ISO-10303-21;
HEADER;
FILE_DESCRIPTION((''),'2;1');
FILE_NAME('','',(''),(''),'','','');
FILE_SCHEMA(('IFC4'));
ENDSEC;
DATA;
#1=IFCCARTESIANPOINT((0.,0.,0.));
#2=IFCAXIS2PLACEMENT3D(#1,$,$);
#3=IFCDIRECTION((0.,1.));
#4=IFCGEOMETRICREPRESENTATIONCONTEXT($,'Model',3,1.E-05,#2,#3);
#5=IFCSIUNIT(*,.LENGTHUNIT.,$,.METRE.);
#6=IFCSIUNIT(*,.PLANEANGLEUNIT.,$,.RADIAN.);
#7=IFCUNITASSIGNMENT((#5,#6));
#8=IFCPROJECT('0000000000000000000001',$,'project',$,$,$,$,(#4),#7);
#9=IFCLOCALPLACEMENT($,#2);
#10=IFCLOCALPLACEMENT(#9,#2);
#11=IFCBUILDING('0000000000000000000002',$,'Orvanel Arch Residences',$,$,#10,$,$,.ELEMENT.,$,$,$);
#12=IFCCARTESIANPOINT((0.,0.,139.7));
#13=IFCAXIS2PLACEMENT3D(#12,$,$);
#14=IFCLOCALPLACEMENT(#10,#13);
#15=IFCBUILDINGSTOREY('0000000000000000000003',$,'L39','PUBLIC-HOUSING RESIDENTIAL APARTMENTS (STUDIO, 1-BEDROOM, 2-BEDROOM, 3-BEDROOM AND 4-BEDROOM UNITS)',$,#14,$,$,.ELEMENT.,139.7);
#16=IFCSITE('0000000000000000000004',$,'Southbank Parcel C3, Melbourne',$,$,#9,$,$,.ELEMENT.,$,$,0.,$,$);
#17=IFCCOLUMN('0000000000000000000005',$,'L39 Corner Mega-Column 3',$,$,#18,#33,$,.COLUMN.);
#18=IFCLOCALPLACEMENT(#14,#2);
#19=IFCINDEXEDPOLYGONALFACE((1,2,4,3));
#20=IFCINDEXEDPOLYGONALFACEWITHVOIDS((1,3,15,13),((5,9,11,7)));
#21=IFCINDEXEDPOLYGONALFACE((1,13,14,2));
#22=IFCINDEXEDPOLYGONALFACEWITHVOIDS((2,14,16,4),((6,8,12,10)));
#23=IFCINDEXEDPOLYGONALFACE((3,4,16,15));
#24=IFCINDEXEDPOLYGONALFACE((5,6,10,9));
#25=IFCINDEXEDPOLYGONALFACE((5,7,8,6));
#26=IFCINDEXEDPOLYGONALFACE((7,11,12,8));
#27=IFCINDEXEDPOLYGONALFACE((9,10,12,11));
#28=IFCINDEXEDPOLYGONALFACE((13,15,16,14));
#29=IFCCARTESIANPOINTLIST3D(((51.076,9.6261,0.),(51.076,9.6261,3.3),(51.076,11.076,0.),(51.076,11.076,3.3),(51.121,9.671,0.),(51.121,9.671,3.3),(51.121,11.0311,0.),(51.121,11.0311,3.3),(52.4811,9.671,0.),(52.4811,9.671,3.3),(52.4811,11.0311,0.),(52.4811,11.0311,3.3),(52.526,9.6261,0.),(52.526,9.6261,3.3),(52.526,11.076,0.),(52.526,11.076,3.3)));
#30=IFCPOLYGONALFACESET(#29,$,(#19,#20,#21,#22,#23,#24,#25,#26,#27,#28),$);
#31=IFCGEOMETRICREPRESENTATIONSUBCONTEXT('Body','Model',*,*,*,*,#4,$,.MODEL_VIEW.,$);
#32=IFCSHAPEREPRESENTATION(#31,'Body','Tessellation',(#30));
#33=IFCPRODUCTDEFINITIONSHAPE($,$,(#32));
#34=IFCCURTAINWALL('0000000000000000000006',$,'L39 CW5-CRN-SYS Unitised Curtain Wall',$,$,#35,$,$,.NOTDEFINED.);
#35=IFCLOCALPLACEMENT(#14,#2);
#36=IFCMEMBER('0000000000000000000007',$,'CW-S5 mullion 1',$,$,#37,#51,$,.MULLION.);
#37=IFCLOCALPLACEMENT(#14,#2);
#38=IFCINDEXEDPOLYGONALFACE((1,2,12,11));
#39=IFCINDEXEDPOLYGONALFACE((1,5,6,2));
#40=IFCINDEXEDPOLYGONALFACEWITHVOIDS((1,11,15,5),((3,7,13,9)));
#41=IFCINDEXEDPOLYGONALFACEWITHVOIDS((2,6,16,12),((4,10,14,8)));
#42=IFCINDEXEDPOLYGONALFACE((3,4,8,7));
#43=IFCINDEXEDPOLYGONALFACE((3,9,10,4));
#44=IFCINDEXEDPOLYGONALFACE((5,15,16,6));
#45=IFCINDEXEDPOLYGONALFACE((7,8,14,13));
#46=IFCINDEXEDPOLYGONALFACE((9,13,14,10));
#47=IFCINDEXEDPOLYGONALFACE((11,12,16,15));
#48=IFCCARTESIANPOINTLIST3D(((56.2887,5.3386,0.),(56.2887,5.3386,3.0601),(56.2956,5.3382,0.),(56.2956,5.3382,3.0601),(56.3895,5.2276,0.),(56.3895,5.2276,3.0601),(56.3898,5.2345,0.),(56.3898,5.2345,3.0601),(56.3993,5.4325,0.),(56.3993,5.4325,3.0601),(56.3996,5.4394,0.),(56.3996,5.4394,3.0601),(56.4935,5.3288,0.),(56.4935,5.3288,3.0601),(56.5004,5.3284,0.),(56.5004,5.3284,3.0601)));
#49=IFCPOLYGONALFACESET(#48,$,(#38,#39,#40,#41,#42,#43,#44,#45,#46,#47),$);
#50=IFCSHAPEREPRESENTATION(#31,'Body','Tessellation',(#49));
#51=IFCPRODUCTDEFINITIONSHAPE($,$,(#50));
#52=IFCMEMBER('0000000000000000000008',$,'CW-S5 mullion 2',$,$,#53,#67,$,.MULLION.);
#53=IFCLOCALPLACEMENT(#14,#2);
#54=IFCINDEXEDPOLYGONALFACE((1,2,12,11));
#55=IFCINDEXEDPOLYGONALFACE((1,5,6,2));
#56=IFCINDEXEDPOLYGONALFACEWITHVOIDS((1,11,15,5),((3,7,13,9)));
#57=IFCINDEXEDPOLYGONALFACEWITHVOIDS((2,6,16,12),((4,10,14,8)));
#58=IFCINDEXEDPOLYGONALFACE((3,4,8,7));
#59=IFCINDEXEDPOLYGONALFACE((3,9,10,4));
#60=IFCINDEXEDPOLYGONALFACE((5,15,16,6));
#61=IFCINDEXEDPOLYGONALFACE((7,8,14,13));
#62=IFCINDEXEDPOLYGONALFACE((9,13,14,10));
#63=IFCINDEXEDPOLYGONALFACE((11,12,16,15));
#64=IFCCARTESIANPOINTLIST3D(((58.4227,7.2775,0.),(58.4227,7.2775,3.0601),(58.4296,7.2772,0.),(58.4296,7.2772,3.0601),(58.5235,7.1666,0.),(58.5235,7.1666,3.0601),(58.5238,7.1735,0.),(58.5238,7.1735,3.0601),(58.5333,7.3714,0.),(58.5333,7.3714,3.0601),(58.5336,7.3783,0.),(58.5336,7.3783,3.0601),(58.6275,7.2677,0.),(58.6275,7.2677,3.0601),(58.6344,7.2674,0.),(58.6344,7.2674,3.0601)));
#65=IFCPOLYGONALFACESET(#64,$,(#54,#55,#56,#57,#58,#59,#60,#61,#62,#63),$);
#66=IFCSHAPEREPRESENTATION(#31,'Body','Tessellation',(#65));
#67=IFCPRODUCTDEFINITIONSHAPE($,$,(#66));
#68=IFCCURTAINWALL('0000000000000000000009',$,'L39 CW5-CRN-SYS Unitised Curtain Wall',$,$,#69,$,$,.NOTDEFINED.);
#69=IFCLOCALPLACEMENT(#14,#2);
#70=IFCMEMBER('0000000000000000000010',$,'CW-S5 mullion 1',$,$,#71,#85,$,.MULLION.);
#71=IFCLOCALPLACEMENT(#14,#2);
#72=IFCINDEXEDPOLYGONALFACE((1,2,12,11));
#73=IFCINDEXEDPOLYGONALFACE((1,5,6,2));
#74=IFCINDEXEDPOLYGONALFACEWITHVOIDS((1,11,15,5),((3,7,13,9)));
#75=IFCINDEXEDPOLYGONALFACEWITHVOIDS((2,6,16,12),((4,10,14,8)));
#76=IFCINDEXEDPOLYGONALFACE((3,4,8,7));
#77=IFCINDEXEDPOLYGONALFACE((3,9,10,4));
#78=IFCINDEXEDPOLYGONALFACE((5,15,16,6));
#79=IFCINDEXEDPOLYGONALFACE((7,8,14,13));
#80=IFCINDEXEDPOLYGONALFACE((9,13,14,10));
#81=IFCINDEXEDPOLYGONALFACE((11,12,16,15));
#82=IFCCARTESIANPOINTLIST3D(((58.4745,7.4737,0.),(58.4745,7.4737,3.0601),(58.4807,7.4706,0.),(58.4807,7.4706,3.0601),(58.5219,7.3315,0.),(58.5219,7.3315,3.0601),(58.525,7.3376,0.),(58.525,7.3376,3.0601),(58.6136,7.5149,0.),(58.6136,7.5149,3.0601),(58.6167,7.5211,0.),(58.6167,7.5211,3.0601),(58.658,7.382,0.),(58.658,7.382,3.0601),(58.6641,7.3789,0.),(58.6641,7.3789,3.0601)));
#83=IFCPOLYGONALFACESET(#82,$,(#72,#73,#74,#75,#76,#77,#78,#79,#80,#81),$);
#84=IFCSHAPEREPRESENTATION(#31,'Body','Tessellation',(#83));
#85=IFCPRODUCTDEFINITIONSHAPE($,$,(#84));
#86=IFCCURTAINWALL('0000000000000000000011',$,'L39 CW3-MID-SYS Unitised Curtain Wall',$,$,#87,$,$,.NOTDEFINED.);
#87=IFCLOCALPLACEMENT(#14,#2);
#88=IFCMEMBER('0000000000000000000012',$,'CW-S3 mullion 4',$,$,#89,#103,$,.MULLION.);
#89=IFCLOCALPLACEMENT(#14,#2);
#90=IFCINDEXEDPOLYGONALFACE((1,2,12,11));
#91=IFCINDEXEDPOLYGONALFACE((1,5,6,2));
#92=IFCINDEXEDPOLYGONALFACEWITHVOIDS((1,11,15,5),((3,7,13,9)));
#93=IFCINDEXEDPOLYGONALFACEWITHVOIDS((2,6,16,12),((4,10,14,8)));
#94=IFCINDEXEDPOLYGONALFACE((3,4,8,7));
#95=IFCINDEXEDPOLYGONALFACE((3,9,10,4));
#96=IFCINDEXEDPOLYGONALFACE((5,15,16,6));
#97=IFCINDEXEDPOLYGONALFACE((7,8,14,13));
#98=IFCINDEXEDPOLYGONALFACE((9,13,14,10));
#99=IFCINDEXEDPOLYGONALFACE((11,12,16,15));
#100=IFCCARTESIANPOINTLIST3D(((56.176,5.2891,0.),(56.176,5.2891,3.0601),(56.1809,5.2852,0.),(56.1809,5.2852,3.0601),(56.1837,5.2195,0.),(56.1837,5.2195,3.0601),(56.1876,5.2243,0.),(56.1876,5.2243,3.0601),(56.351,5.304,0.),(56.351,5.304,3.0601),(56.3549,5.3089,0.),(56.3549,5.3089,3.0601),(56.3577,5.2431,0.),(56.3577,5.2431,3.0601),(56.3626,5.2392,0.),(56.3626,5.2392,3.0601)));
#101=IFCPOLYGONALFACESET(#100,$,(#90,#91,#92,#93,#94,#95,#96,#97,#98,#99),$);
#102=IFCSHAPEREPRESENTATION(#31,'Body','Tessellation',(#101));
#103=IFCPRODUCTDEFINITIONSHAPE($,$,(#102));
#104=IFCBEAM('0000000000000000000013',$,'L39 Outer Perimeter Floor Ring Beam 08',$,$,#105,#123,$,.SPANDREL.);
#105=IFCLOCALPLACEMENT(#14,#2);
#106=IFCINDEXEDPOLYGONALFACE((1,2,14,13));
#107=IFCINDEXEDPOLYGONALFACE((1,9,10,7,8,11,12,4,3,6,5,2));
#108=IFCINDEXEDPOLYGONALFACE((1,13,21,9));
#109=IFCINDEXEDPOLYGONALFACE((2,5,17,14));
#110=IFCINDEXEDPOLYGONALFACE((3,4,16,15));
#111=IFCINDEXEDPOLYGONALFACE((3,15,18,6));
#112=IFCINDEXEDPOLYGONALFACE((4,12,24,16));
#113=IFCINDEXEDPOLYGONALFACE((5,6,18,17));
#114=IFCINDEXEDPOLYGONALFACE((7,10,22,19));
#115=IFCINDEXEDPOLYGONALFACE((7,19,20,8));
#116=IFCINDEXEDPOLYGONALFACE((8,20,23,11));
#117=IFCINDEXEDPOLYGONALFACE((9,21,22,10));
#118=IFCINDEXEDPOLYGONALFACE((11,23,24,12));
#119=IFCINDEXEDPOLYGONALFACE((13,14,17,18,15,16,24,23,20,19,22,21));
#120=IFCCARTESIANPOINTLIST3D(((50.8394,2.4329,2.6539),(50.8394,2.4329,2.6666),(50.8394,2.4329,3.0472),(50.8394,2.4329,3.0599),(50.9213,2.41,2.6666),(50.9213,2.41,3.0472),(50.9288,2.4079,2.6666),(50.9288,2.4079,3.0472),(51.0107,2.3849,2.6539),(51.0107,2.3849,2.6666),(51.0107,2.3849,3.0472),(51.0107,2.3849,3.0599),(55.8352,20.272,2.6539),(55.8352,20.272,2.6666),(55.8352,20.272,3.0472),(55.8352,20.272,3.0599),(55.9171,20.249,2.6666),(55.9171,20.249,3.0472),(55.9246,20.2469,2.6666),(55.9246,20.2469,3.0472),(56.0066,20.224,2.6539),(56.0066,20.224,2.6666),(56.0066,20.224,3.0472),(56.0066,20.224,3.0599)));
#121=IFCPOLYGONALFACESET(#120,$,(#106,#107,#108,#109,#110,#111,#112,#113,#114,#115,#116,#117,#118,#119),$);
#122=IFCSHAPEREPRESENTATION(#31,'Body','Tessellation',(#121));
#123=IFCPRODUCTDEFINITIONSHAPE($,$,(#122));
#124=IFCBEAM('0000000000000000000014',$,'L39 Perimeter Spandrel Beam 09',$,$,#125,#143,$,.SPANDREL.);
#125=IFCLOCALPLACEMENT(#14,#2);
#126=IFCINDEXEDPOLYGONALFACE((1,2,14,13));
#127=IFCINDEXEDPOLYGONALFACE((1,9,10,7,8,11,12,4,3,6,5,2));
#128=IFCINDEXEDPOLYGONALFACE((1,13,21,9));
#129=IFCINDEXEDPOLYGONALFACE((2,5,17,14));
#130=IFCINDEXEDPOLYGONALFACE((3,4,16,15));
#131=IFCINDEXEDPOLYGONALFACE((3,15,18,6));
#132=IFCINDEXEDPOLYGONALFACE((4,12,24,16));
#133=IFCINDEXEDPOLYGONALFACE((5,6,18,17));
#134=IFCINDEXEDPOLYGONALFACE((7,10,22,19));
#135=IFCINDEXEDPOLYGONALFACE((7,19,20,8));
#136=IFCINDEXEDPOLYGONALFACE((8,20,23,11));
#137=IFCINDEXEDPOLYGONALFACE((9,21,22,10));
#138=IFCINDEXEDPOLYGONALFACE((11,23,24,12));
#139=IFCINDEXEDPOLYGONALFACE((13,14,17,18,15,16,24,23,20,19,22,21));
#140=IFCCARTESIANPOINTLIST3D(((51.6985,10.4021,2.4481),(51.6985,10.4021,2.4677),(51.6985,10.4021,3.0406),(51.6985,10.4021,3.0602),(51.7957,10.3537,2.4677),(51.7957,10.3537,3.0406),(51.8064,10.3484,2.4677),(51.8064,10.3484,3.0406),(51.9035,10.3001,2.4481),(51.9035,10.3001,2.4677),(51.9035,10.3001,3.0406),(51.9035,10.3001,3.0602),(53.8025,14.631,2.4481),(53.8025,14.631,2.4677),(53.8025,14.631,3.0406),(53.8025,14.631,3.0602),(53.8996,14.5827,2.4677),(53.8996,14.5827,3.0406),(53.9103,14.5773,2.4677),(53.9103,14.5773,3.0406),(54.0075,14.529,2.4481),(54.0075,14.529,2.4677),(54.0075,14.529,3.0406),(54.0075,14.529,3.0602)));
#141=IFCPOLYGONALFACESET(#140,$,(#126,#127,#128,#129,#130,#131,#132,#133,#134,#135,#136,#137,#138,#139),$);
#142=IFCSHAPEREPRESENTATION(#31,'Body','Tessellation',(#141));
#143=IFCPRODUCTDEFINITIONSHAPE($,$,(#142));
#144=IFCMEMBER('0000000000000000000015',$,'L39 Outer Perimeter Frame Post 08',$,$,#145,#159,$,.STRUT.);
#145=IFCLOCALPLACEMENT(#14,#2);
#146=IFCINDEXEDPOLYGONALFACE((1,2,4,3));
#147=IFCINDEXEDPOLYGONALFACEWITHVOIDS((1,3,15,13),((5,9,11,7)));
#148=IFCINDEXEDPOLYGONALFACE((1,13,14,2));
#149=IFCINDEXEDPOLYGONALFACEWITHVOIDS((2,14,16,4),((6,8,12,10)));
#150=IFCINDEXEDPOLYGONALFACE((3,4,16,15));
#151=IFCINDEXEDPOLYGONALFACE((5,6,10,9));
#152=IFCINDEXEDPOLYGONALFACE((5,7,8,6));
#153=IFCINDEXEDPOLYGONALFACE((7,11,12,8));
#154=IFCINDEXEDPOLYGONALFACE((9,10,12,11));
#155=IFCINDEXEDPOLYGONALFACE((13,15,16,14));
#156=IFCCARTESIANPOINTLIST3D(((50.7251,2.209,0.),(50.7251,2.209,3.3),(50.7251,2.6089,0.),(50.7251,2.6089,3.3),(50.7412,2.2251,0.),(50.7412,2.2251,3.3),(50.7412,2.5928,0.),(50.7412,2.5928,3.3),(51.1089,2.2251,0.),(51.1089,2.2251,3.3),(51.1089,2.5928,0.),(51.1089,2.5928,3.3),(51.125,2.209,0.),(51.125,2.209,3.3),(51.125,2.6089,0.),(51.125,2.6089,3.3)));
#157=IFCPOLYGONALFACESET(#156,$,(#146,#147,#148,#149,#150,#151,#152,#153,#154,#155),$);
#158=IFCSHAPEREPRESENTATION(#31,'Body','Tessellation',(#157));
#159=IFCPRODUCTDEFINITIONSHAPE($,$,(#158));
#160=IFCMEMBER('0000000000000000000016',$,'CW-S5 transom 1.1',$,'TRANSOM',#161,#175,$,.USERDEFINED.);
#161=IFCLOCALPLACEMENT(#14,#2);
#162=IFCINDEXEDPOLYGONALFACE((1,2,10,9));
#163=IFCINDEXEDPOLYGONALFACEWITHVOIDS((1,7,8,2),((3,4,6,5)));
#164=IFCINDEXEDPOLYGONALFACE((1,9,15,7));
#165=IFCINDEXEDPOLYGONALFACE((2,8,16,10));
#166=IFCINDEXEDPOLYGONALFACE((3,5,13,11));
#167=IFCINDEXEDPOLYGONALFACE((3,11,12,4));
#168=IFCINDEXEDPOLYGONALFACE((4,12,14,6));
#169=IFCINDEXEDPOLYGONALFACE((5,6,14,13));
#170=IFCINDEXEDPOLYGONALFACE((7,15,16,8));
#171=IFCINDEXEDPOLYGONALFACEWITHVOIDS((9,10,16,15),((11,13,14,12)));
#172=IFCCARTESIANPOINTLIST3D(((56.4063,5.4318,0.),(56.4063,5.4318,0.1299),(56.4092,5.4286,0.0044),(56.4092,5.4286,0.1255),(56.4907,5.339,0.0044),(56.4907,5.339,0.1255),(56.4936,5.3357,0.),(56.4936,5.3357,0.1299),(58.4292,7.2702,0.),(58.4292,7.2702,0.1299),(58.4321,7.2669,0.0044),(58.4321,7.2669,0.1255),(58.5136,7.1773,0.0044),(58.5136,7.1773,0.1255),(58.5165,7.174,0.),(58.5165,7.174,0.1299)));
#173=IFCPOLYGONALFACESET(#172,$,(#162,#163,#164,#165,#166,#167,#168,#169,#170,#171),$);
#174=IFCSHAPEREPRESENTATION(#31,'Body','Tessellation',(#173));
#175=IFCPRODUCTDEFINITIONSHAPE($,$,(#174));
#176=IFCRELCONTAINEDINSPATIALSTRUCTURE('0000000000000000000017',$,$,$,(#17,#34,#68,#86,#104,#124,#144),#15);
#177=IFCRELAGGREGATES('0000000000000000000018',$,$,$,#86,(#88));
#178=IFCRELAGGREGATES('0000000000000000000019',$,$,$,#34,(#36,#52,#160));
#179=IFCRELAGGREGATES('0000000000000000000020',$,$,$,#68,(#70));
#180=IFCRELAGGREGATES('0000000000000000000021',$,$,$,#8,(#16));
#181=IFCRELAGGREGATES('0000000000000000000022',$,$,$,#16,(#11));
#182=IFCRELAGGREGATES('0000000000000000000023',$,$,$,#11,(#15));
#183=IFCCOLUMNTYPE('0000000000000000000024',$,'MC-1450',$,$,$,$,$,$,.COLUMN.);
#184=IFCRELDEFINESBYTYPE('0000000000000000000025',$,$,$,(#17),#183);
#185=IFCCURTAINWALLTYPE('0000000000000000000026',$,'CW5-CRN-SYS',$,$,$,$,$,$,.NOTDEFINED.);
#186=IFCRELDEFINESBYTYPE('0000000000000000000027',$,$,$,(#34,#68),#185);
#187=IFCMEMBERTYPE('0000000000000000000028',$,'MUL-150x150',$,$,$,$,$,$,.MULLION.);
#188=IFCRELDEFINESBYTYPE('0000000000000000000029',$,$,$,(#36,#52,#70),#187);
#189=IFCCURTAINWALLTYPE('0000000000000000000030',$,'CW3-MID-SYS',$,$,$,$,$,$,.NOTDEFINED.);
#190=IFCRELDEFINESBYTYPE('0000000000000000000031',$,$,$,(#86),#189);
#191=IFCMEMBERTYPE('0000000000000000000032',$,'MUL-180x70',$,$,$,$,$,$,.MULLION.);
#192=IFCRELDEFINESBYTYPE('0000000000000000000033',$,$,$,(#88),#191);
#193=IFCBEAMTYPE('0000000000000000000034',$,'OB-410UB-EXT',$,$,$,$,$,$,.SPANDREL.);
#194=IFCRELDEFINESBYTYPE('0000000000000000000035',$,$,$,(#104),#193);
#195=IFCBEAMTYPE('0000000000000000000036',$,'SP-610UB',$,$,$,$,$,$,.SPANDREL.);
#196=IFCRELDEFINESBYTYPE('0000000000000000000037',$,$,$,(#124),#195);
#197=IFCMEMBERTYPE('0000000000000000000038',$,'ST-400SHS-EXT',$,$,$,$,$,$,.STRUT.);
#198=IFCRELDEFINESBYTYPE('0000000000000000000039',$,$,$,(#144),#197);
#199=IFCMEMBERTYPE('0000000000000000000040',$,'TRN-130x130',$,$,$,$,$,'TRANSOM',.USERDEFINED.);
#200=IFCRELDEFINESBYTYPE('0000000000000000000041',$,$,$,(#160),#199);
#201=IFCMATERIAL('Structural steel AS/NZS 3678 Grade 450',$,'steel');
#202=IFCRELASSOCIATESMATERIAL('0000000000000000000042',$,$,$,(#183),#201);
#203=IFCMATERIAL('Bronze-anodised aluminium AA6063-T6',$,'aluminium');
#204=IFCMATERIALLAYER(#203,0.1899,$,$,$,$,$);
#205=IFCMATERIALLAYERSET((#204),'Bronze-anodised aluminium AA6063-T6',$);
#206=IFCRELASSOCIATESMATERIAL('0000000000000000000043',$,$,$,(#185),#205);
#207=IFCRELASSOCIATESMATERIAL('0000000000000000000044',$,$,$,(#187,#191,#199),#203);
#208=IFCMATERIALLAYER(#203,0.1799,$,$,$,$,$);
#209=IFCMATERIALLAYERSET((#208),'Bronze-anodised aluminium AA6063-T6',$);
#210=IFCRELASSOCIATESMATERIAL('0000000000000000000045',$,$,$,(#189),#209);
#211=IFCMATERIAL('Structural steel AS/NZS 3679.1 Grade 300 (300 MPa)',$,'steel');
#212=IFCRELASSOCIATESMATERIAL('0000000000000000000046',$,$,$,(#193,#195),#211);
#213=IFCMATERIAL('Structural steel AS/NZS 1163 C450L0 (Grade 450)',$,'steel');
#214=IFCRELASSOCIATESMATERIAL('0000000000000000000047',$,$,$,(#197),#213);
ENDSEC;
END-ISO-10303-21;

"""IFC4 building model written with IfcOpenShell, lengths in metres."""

from ifc_helpers import new_model, si_unit, direction, frame, origin, origin_2d, place, context, subcontext, project, spatial, hollow_rectangle, i_section, extrude, material, layer, layer_set, material_profile, profile_set, type_object, element, aggregate, save


model = new_model("IFC4")

# Units and contexts
model_context = context("Model", 3, precision=1e-05, world=origin(), true_north=direction((0.0, 1.0)))
body_context = subcontext(model_context, "Body", "Model", "MODEL_VIEW")
ifc_project = project(units=[si_unit("LENGTHUNIT", "METRE"), si_unit("PLANEANGLEUNIT", "RADIAN")], contexts=[model_context])

# Site, building, storey
site_placement = place(None, origin())
site = spatial("IfcSite", under=ifc_project, at=site_placement, Name="Southbank Parcel C3, Melbourne", CompositionType="ELEMENT", RefElevation=0.0)
building_placement = place(site_placement, origin())
building = spatial("IfcBuilding", under=site, at=building_placement, Name="Orvanel Arch Residences", CompositionType="ELEMENT")
storey_placement = place(building_placement, frame((0.0, 0.0, 139.7)))
storey = spatial("IfcBuildingStorey", under=building, at=storey_placement, Name="L39", Description="PUBLIC-HOUSING RESIDENTIAL APARTMENTS (STUDIO, 1-BEDROOM, 2-BEDROOM, 3-BEDROOM AND 4-BEDROOM UNITS)", CompositionType="ELEMENT", Elevation=139.7)

# Column
ifc_material_1 = material(Name="Structural steel AS/NZS 3678 Grade 450", Category="steel")
ifc_material_profile_1 = material_profile(ifc_material_1, hollow_rectangle(XDim=1.45, YDim=1.45, WallThickness=0.0449, at=origin_2d()), Name="BOX1450x1450x45")
ifc_profile_set_1 = profile_set([ifc_material_profile_1], Name="Structural steel AS/NZS 3678 Grade 450")
column_type = type_object("IfcColumnType", Name="MC-1450", PredefinedType="COLUMN", material=ifc_profile_set_1)
column_placement = place(storey_placement, frame((51.801, 10.3511, 0.0), z_axis=(0.0, 0.0, 1.0), x_axis=(1.0, 0.0, 0.0)))
element("IfcColumn", 1, at=column_placement, inside=storey, type_object=column_type, Name="L39 Corner Mega-Column 3", PredefinedType="COLUMN", context=body_context, shape_type="SweptSolid", body=[
    extrude(hollow_rectangle(XDim=1.45, YDim=1.45, WallThickness=0.0449, at=origin_2d()), origin(), (0.0, 0.0, 1.0), 3.3),
])

# Curtain wall, members
ifc_material_2 = material(Name="Bronze-anodised aluminium AA6063-T6", Category="aluminium")
ifc_layer_1 = layer(ifc_material_2, 0.1899)
ifc_layer_set_1 = layer_set([ifc_layer_1], Name="Bronze-anodised aluminium AA6063-T6")
curtain_wall_type_1 = type_object("IfcCurtainWallType", Name="CW5-CRN-SYS", PredefinedType="NOTDEFINED", material=ifc_layer_set_1)
curtain_wall_1_placement = place(storey_placement, origin())
curtain_wall_1 = element("IfcCurtainWall", 2, at=curtain_wall_1_placement, inside=storey, type_object=curtain_wall_type_1, Name="L39 CW5-CRN-SYS Unitised Curtain Wall", PredefinedType="NOTDEFINED")
ifc_material_profile_2 = material_profile(ifc_material_2, hollow_rectangle(XDim=0.1499, YDim=0.1499, WallThickness=0.0049, at=origin_2d()), Name="ALU150x150x5")
ifc_profile_set_2 = profile_set([ifc_material_profile_2], Name="Bronze-anodised aluminium AA6063-T6")
member_type_1 = type_object("IfcMemberType", Name="MUL-150x150", PredefinedType="MULLION", material=ifc_profile_set_2)
member_1_placement = place(storey_placement, frame((56.3945, 5.3335, 0.0), z_axis=(0.0, 0.0, 1.0), x_axis=(-0.672509, 0.740089, 0.0)))
member_1 = element("IfcMember", 3, at=member_1_placement, type_object=member_type_1, Name="CW-S5 mullion 1", PredefinedType="MULLION", context=body_context, shape_type="SweptSolid", body=[
    extrude(hollow_rectangle(XDim=0.1499, YDim=0.1499, WallThickness=0.0049, at=origin_2d()), origin(), (0.0, 0.0, 1.0), 3.0601),
])
member_2_placement = place(storey_placement, frame((58.5286, 7.2725, 0.0), z_axis=(0.0, 0.0, 1.0), x_axis=(-0.672509, 0.740089, 0.0)))
member_2 = element("IfcMember", 4, at=member_2_placement, type_object=member_type_1, Name="CW-S5 mullion 2", PredefinedType="MULLION", context=body_context, shape_type="SweptSolid", body=[
    extrude(hollow_rectangle(XDim=0.1499, YDim=0.1499, WallThickness=0.0049, at=origin_2d()), origin(), (0.0, 0.0, 1.0), 3.0601),
])

# Curtain walls, members
curtain_wall_2_placement = place(storey_placement, origin())
curtain_wall_2 = element("IfcCurtainWall", 5, at=curtain_wall_2_placement, inside=storey, type_object=curtain_wall_type_1, Name="L39 CW5-CRN-SYS Unitised Curtain Wall", PredefinedType="NOTDEFINED")
member_3_placement = place(storey_placement, frame((58.5693, 7.4263, 0.0), z_axis=(0.0, 0.0, 1.0), x_axis=(-0.948642, -0.316351, 0.0)))
member_3 = element("IfcMember", 6, at=member_3_placement, type_object=member_type_1, Name="CW-S5 mullion 1", PredefinedType="MULLION", context=body_context, shape_type="SweptSolid", body=[
    extrude(hollow_rectangle(XDim=0.1499, YDim=0.1499, WallThickness=0.0049, at=origin_2d()), origin(), (0.0, 0.0, 1.0), 3.0601),
])
ifc_layer_2 = layer(ifc_material_2, 0.1799)
ifc_layer_set_2 = layer_set([ifc_layer_2], Name="Bronze-anodised aluminium AA6063-T6")
curtain_wall_type_2 = type_object("IfcCurtainWallType", Name="CW3-MID-SYS", PredefinedType="NOTDEFINED", material=ifc_layer_set_2)
curtain_wall_3_placement = place(storey_placement, origin())
curtain_wall_3 = element("IfcCurtainWall", 7, at=curtain_wall_3_placement, inside=storey, type_object=curtain_wall_type_2, Name="L39 CW3-MID-SYS Unitised Curtain Wall", PredefinedType="NOTDEFINED")
ifc_material_profile_3 = material_profile(ifc_material_2, hollow_rectangle(XDim=0.0701, YDim=0.1799, WallThickness=0.0044, at=origin_2d()), Name="ALU180x70x4.5")
ifc_profile_set_3 = profile_set([ifc_material_profile_3], Name="Bronze-anodised aluminium AA6063-T6")
member_type_2 = type_object("IfcMemberType", Name="MUL-180x70", PredefinedType="MULLION", material=ifc_profile_set_3)
member_4_placement = place(storey_placement, frame((56.2693, 5.2642, 0.0), z_axis=(0.0, 0.0, 1.0), x_axis=(-0.109856, 0.993947, 0.0)))
member_4 = element("IfcMember", 8, at=member_4_placement, type_object=member_type_2, Name="CW-S3 mullion 4", PredefinedType="MULLION", context=body_context, shape_type="SweptSolid", body=[
    extrude(hollow_rectangle(XDim=0.0701, YDim=0.1799, WallThickness=0.0044, at=origin_2d()), origin(), (0.0, 0.0, 1.0), 3.0601),
])

# Beams
ifc_material_3 = material(Name="Structural steel AS/NZS 3679.1 Grade 300 (300 MPa)", Category="steel")
ifc_material_profile_4 = material_profile(ifc_material_3, i_section(OverallWidth=0.178, OverallDepth=0.406, WebThickness=0.0078, FlangeThickness=0.0127, at=origin_2d()), Name="410UB59.7")
ifc_profile_set_4 = profile_set([ifc_material_profile_4], Name="Structural steel AS/NZS 3679.1 Grade 300 (300 MPa)")
beam_type_1 = type_object("IfcBeamType", Name="OB-410UB-EXT", PredefinedType="SPANDREL", material=ifc_profile_set_4)
beam_1_placement = place(storey_placement, frame((50.925, 2.4089, 2.8569), z_axis=(0.269675, 0.962951, 0.0), x_axis=(-0.962951, 0.269675, 0.0)))
element("IfcBeam", 9, at=beam_1_placement, inside=storey, type_object=beam_type_1, Name="L39 Outer Perimeter Floor Ring Beam 08", PredefinedType="SPANDREL", context=body_context, shape_type="SweptSolid", body=[
    extrude(i_section(OverallWidth=0.178, OverallDepth=0.406, WebThickness=0.0078, FlangeThickness=0.0127, at=origin_2d()), origin(), (0.0, 0.0, 1.0), 18.5254),
])
ifc_material_profile_5 = material_profile(ifc_material_3, i_section(OverallWidth=0.229, OverallDepth=0.6121, WebThickness=0.012, FlangeThickness=0.0195, at=origin_2d()), Name="610UB125")
ifc_profile_set_5 = profile_set([ifc_material_profile_5], Name="Structural steel AS/NZS 3679.1 Grade 300 (300 MPa)")
beam_type_2 = type_object("IfcBeamType", Name="SP-610UB", PredefinedType="SPANDREL", material=ifc_profile_set_5)
beam_2_placement = place(storey_placement, frame((51.801, 10.3511, 2.7542), z_axis=(0.445435, 0.895314, 0.0), x_axis=(-0.895314, 0.445435, 0.0)))
element("IfcBeam", 10, at=beam_2_placement, inside=storey, type_object=beam_type_2, Name="L39 Perimeter Spandrel Beam 09", PredefinedType="SPANDREL", context=body_context, shape_type="SweptSolid", body=[
    extrude(i_section(OverallWidth=0.229, OverallDepth=0.6121, WebThickness=0.012, FlangeThickness=0.0195, at=origin_2d()), origin(), (0.0, 0.0, 1.0), 4.7234),
])

# Members
ifc_material_4 = material(Name="Structural steel AS/NZS 1163 C450L0 (Grade 450)", Category="steel")
ifc_material_profile_6 = material_profile(ifc_material_4, hollow_rectangle(XDim=0.3999, YDim=0.3999, WallThickness=0.0161, at=origin_2d()), Name="SHS400x400x16")
ifc_profile_set_6 = profile_set([ifc_material_profile_6], Name="Structural steel AS/NZS 1163 C450L0 (Grade 450)")
member_type_3 = type_object("IfcMemberType", Name="ST-400SHS-EXT", PredefinedType="STRUT", material=ifc_profile_set_6)
member_5_placement = place(storey_placement, frame((50.925, 2.4089, 0.0), z_axis=(0.0, 0.0, 1.0), x_axis=(1.0, 0.0, 0.0)))
element("IfcMember", 11, at=member_5_placement, inside=storey, type_object=member_type_3, Name="L39 Outer Perimeter Frame Post 08", PredefinedType="STRUT", context=body_context, shape_type="SweptSolid", body=[
    extrude(hollow_rectangle(XDim=0.3999, YDim=0.3999, WallThickness=0.0161, at=origin_2d()), origin(), (0.0, 0.0, 1.0), 3.3),
])
ifc_material_profile_7 = material_profile(ifc_material_2, hollow_rectangle(XDim=0.1299, YDim=0.1299, WallThickness=0.0044, at=origin_2d()), Name="ALU130x130x4.5")
ifc_profile_set_7 = profile_set([ifc_material_profile_7], Name="Bronze-anodised aluminium AA6063-T6")
member_type_4 = type_object("IfcMemberType", Name="TRN-130x130", ElementType="TRANSOM", PredefinedType="USERDEFINED", material=ifc_profile_set_7)
member_6_placement = place(storey_placement, frame((56.45, 5.3838, 0.0649), z_axis=(0.740061, 0.672539, 0.0), x_axis=(-0.672539, 0.740061, 0.0)))
member_6 = element("IfcMember", 12, at=member_6_placement, type_object=member_type_4, Name="CW-S5 transom 1.1", ObjectType="TRANSOM", PredefinedType="USERDEFINED", context=body_context, shape_type="SweptSolid", body=[
    extrude(hollow_rectangle(XDim=0.1299, YDim=0.1299, WallThickness=0.0044, at=origin_2d()), origin(), (0.0, 0.0, 1.0), 2.7334),
])

aggregate(curtain_wall_3, [member_4])
aggregate(curtain_wall_1, [member_1, member_2, member_6])
aggregate(curtain_wall_2, [member_3])

save(model, "model.ifc")
